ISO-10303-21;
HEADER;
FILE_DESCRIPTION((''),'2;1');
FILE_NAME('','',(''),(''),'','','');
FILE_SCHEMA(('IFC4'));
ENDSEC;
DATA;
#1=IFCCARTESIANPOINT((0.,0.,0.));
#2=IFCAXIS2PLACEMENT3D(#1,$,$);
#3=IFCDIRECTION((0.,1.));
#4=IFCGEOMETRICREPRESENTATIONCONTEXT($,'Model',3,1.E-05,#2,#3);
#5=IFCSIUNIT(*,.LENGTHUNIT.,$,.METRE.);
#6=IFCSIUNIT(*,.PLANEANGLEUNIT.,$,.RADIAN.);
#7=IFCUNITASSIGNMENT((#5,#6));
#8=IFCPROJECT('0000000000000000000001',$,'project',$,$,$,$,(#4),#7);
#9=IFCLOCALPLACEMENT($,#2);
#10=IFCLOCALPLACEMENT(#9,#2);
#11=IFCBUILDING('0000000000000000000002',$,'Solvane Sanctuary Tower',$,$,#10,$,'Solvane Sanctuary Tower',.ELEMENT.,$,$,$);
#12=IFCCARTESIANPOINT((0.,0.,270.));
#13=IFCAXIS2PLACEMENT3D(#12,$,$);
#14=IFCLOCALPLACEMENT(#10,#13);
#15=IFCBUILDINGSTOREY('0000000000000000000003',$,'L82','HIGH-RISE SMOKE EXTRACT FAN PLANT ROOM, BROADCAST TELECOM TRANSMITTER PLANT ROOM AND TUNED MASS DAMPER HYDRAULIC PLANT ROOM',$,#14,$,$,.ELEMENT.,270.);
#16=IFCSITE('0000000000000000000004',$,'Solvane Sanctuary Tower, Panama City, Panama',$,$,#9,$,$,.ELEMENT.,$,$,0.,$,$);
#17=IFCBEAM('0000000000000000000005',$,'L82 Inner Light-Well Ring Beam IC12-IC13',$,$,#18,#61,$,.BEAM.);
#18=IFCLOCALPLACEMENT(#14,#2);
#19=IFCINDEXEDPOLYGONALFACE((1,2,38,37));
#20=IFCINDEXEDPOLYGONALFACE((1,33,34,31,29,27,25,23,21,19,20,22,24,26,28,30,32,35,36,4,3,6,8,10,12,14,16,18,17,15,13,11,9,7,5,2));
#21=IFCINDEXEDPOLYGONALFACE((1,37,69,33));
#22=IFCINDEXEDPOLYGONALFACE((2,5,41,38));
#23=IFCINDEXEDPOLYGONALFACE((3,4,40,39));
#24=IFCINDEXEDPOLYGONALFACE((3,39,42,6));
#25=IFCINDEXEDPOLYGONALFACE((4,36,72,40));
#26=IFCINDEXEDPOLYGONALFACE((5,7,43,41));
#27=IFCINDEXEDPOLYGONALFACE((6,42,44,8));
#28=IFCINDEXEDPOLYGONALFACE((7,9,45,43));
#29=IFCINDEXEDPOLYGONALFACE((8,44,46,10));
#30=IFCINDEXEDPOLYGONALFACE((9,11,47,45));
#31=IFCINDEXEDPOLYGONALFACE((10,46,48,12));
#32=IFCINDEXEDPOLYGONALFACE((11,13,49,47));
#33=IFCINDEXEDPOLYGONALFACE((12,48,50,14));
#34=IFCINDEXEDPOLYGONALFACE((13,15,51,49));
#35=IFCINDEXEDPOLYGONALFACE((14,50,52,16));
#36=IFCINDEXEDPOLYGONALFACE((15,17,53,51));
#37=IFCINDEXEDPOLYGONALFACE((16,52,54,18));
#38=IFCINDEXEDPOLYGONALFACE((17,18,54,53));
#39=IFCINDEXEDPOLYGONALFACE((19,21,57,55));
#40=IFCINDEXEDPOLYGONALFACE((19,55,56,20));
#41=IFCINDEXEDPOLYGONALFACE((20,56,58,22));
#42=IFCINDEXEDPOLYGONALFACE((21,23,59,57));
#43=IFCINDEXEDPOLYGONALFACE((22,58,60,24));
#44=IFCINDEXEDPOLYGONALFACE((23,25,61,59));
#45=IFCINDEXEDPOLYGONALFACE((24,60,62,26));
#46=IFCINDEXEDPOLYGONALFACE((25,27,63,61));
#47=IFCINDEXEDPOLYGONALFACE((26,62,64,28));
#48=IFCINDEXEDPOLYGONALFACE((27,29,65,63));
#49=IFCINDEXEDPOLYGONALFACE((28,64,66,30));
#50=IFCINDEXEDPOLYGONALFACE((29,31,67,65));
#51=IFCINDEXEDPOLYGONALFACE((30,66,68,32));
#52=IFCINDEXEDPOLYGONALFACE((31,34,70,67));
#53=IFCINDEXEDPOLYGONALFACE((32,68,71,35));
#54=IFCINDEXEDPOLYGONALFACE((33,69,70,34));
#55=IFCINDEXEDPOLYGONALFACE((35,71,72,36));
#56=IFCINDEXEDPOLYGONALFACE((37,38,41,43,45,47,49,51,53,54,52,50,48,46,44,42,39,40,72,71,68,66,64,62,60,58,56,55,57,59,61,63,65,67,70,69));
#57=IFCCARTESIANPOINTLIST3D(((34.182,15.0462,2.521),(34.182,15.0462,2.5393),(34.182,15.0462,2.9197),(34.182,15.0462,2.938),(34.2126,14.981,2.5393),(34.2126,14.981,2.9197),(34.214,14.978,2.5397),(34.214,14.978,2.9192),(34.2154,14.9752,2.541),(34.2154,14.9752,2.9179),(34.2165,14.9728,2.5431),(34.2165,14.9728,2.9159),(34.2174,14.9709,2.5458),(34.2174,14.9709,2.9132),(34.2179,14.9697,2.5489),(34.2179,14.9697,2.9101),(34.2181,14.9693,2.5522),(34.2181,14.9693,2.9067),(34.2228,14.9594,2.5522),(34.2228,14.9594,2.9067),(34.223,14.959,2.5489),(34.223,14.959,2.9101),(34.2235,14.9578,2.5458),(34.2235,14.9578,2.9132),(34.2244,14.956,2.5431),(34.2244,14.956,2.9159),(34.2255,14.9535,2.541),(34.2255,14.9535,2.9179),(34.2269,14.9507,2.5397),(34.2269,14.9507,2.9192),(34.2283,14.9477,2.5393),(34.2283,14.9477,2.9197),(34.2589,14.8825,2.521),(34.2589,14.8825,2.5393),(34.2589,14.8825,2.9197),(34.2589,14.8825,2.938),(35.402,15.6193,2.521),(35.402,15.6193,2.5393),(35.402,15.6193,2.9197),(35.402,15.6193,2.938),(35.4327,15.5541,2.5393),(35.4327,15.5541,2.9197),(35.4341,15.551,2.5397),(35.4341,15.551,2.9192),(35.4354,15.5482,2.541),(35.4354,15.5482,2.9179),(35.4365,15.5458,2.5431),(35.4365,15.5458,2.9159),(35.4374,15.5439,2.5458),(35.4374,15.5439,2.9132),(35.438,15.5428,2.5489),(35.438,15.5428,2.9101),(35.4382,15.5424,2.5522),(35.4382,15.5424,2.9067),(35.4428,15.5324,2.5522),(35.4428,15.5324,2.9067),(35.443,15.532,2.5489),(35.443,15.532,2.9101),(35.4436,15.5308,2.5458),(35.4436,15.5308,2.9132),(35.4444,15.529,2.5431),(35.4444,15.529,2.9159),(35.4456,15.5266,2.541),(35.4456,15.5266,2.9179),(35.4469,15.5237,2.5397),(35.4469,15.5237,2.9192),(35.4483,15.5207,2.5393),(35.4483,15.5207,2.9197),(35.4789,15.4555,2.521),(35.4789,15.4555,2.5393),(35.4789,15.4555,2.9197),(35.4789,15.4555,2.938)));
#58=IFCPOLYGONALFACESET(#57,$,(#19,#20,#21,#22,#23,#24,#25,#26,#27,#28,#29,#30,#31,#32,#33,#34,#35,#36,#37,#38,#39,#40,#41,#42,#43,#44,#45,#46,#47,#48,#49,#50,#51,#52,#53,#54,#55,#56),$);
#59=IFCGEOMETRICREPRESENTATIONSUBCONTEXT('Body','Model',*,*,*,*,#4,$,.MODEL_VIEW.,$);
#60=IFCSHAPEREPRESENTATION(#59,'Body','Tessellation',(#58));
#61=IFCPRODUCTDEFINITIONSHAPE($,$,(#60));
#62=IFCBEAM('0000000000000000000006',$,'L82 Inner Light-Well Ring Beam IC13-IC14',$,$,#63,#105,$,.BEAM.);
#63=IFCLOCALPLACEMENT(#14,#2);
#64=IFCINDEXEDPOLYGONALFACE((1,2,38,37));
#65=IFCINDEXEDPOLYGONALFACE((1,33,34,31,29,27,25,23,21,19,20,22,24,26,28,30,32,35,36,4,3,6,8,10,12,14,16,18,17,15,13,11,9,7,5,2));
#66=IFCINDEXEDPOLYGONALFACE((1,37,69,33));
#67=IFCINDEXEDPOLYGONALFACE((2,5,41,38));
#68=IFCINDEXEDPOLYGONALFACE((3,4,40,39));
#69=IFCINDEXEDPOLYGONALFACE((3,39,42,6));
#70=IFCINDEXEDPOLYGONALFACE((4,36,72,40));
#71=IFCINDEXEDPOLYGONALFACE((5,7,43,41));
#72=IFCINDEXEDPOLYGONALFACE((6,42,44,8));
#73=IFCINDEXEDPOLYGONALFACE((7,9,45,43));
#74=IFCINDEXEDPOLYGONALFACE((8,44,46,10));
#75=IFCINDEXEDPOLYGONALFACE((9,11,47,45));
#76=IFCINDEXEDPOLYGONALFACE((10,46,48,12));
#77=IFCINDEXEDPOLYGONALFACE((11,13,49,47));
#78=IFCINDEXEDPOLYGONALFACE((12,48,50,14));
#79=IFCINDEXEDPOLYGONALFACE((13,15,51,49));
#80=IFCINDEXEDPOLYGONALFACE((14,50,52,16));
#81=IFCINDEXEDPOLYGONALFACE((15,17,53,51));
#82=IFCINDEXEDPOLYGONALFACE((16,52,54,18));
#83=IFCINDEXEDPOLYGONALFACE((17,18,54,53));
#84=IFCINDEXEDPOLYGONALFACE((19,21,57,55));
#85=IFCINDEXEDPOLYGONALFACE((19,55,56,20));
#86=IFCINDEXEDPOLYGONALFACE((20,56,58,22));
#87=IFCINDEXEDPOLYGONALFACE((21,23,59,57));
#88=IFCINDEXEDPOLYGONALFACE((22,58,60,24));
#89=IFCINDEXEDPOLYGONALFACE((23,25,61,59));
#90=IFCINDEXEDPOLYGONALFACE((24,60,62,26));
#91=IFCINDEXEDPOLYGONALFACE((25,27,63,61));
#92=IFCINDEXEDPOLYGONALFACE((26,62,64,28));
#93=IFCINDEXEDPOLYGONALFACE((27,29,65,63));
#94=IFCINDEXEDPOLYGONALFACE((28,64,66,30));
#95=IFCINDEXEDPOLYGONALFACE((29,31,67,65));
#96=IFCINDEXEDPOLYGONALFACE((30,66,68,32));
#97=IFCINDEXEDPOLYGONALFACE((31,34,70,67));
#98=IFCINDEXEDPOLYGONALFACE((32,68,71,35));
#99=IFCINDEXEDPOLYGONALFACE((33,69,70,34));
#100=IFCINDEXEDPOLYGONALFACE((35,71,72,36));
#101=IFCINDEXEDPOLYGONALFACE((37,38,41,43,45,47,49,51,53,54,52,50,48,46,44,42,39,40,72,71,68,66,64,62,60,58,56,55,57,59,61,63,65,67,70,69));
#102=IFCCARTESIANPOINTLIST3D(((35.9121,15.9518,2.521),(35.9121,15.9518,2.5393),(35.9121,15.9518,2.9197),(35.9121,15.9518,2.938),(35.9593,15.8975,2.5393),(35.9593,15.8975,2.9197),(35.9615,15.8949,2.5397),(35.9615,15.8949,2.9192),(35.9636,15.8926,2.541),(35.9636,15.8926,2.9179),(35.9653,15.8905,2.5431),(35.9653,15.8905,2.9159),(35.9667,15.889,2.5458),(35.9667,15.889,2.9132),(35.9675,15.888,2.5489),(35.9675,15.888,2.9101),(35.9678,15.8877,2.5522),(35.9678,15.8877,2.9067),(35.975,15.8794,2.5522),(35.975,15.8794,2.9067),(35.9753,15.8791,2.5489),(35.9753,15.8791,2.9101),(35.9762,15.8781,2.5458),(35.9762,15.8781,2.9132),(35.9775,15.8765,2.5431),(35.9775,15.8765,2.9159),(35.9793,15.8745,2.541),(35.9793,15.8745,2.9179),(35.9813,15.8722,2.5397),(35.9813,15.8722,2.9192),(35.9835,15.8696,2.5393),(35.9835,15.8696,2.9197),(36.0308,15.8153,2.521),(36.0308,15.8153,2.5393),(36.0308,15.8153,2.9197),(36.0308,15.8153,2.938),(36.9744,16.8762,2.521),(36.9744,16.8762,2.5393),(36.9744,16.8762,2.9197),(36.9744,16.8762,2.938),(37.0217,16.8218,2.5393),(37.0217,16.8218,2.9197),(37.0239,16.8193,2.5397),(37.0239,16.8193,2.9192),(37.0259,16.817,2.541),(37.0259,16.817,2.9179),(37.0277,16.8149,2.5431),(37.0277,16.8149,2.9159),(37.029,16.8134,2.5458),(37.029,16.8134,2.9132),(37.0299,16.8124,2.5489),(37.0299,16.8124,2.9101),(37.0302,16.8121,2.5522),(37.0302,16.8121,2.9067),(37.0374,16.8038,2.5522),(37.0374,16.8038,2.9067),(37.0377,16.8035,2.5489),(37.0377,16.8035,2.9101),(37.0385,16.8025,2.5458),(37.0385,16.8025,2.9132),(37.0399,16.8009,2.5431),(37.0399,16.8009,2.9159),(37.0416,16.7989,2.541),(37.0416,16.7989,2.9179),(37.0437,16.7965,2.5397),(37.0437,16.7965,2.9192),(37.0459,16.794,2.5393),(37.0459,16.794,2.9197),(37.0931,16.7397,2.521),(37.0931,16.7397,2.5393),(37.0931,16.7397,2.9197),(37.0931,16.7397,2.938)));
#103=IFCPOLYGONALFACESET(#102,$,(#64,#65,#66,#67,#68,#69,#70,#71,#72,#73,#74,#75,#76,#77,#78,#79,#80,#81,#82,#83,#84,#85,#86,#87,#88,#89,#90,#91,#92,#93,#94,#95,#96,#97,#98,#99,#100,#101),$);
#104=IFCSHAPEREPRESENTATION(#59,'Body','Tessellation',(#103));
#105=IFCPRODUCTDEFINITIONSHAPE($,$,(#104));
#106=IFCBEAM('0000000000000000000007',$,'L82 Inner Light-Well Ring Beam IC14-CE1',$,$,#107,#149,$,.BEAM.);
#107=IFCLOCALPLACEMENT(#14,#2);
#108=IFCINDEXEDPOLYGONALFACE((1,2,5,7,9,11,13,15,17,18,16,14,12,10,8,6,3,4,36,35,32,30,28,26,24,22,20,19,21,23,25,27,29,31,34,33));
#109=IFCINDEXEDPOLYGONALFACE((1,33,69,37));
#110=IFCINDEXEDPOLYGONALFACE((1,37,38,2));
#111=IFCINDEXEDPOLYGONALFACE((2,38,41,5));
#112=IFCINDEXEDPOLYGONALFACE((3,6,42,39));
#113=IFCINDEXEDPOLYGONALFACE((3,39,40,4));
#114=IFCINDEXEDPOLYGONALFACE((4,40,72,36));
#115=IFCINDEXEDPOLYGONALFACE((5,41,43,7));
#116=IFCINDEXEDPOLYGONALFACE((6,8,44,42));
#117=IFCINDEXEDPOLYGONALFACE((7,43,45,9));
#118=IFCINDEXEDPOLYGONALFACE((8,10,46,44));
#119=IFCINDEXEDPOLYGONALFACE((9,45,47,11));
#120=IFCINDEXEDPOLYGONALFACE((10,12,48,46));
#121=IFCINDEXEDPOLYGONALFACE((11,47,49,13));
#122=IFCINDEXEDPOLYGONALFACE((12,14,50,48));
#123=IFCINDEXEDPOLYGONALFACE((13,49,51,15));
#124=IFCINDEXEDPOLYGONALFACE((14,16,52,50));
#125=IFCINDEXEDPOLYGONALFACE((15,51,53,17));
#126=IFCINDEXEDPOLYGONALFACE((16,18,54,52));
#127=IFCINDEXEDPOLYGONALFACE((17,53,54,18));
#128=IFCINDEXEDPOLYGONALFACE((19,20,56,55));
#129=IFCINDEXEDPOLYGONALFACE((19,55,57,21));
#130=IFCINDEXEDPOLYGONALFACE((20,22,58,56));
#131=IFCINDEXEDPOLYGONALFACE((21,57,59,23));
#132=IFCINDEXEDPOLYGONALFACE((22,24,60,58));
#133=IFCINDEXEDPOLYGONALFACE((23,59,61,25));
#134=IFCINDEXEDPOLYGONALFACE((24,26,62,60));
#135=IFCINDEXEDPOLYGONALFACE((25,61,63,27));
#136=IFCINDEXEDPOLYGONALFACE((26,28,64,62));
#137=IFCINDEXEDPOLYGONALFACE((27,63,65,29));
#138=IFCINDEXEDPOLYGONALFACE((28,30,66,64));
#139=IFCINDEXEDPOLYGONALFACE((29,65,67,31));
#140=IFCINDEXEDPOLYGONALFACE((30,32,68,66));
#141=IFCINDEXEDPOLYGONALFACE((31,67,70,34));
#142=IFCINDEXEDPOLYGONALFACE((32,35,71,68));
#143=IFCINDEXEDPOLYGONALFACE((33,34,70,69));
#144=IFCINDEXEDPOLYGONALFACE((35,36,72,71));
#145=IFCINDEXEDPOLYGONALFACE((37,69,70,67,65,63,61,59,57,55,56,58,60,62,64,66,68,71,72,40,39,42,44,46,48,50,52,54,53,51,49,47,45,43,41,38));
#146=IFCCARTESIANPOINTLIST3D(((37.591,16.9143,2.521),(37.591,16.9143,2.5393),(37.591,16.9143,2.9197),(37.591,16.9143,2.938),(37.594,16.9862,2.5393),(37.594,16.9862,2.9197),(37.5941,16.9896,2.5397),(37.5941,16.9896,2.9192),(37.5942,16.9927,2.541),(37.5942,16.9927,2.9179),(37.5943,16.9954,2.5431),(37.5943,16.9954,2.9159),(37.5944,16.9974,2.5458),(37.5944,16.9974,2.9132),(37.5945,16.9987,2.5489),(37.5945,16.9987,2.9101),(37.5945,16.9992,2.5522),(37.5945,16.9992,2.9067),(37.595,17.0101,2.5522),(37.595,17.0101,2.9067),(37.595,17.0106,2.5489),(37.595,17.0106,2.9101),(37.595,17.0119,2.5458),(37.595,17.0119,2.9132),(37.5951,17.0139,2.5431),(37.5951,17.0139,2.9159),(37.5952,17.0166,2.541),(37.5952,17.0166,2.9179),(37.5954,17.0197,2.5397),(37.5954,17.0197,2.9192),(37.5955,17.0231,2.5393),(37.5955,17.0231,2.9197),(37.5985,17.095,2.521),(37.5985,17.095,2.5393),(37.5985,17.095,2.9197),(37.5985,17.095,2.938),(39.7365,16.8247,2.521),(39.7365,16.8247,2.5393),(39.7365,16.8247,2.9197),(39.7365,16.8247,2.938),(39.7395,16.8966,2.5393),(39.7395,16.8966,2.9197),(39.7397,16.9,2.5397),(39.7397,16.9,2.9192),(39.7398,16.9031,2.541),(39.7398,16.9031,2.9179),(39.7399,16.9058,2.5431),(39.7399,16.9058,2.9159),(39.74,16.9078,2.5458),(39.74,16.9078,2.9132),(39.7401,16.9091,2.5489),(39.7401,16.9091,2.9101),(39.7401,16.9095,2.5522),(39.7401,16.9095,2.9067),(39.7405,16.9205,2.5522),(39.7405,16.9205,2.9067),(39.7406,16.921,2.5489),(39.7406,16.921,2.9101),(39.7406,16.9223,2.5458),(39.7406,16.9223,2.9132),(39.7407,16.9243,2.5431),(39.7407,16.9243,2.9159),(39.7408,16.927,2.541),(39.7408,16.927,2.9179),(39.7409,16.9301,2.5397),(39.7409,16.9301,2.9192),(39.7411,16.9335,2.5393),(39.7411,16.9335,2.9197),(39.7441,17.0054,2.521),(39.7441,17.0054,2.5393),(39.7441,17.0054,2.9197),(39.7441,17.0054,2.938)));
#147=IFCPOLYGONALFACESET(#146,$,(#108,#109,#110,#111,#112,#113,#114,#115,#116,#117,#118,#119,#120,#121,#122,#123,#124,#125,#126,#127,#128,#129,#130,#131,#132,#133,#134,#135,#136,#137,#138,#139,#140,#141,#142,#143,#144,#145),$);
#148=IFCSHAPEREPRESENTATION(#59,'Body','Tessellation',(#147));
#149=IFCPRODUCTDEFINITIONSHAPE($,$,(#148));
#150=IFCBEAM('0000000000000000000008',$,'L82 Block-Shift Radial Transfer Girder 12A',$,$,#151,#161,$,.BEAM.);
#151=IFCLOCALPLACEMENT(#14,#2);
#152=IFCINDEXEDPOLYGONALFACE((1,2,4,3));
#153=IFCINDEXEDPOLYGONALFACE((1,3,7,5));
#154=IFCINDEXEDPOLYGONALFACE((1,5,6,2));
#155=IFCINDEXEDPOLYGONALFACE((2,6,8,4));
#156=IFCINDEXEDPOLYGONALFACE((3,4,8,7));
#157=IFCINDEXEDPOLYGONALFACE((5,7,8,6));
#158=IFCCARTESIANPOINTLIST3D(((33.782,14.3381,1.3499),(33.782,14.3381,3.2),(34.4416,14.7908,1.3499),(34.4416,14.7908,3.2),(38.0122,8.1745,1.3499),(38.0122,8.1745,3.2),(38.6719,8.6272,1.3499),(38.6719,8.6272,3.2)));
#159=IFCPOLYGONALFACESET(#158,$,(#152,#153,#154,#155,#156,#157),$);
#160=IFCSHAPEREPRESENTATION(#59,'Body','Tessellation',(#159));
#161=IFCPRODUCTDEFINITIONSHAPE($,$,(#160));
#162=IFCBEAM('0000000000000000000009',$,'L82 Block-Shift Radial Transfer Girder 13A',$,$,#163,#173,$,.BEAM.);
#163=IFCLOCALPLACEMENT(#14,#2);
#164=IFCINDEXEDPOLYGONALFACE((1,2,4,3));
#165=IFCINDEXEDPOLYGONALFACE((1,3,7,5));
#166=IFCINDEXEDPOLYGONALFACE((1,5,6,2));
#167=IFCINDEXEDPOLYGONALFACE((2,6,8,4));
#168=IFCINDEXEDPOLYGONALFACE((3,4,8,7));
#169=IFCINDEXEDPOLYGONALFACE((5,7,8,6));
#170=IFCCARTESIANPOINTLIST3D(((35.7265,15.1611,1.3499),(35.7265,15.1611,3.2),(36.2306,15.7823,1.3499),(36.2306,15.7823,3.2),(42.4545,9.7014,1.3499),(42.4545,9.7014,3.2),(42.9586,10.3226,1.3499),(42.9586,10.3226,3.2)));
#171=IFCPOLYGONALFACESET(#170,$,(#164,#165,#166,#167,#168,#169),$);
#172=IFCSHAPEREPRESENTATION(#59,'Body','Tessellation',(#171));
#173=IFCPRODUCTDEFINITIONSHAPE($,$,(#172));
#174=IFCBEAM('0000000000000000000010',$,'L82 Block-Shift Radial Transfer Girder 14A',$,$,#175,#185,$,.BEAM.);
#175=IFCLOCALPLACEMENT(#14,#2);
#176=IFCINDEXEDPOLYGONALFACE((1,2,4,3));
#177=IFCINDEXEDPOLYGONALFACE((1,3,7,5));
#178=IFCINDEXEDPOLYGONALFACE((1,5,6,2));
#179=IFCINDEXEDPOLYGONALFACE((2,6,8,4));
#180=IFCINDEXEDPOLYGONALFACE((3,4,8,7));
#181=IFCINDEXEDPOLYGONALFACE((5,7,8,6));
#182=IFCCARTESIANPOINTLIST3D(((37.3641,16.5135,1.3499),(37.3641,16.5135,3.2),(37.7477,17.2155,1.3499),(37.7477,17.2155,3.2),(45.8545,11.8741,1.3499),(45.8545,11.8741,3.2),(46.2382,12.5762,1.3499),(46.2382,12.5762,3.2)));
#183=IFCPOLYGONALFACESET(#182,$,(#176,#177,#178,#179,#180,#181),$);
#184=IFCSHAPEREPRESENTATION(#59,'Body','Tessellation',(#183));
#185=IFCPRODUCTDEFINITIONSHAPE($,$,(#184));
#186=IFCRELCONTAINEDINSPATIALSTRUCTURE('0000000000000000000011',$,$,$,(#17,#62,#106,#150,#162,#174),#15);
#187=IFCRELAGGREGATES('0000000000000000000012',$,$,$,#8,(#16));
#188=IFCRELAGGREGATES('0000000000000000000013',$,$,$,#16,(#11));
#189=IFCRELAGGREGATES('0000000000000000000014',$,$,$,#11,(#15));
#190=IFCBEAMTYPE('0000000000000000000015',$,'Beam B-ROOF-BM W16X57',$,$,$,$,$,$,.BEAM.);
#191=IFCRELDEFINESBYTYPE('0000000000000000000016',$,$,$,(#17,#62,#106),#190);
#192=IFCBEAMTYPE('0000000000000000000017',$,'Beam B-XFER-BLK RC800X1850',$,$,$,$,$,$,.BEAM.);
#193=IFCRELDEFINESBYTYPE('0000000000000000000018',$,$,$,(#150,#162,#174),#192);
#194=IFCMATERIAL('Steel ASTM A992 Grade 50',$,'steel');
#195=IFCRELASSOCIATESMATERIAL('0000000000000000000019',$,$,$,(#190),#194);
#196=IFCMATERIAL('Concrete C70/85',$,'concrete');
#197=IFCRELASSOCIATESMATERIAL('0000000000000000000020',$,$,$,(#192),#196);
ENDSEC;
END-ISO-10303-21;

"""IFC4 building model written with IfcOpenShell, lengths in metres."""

from ifc_helpers import new_model, si_unit, direction, frame, origin, origin_2d, place, context, subcontext, project, spatial, rectangle, i_section, extrude, material, material_profile, profile_set, type_object, element, save


model = new_model("IFC4")

# Units and contexts
model_context = context("Model", 3, precision=1e-05, world=origin(), true_north=direction((0.0, 1.0)))
body_context = subcontext(model_context, "Body", "Model", "MODEL_VIEW")
ifc_project = project(units=[si_unit("LENGTHUNIT", "METRE"), si_unit("PLANEANGLEUNIT", "RADIAN")], contexts=[model_context])

# Site, building, storey
site_placement = place(None, origin())
site = spatial("IfcSite", under=ifc_project, at=site_placement, Name="Solvane Sanctuary Tower, Panama City, Panama", CompositionType="ELEMENT", RefElevation=0.0)
building_placement = place(site_placement, origin())
building = spatial("IfcBuilding", under=site, at=building_placement, Name="Solvane Sanctuary Tower", LongName="Solvane Sanctuary Tower", CompositionType="ELEMENT")
storey_placement = place(building_placement, frame((0.0, 0.0, 270.0)))
storey = spatial("IfcBuildingStorey", under=building, at=storey_placement, Name="L82", Description="HIGH-RISE SMOKE EXTRACT FAN PLANT ROOM, BROADCAST TELECOM TRANSMITTER PLANT ROOM AND TUNED MASS DAMPER HYDRAULIC PLANT ROOM", CompositionType="ELEMENT", Elevation=270.0)

# Beams
ifc_material_1 = material(Name="Steel ASTM A992 Grade 50", Category="steel")
ifc_material_profile_1 = material_profile(ifc_material_1, i_section(OverallWidth=0.1809, OverallDepth=0.417, WebThickness=0.011, FlangeThickness=0.0183, FilletRadius=0.0129, at=origin_2d()), Name="W16X57")
ifc_profile_set_1 = profile_set([ifc_material_profile_1], Name="Steel ASTM A992 Grade 50")
beam_type_1 = type_object("IfcBeamType", Name="Beam B-ROOF-BM W16X57", PredefinedType="BEAM", material=ifc_profile_set_1)
beam_1_placement = place(storey_placement, frame((34.2205, 14.9644, 2.7295), z_axis=(0.905135, 0.425125, 0.0), x_axis=(-0.425125, 0.905135, 0.0)))
element("IfcBeam", 1, at=beam_1_placement, inside=storey, type_object=beam_type_1, Name="L82 Inner Light-Well Ring Beam IC12-IC13", PredefinedType="BEAM", context=body_context, shape_type="SweptSolid", body=[
    extrude(i_section(OverallWidth=0.1809, OverallDepth=0.417, WebThickness=0.011, FlangeThickness=0.0183, FilletRadius=0.0129, at=origin_2d()), origin(), (0.0, 0.0, 1.0), 1.3479),
])
beam_2_placement = place(storey_placement, frame((35.9714, 15.8835, 2.7295), z_axis=(0.754389, 0.656428, 0.0), x_axis=(-0.656428, 0.754389, 0.0)))
element("IfcBeam", 2, at=beam_2_placement, inside=storey, type_object=beam_type_1, Name="L82 Inner Light-Well Ring Beam IC13-IC14", PredefinedType="BEAM", context=body_context, shape_type="SweptSolid", body=[
    extrude(i_section(OverallWidth=0.1809, OverallDepth=0.417, WebThickness=0.011, FlangeThickness=0.0183, FilletRadius=0.0129, at=origin_2d()), origin(), (0.0, 0.0, 1.0), 1.4082),
])
beam_3_placement = place(storey_placement, frame((37.5947, 17.0046, 2.7295), z_axis=(0.999129, -0.041725, 0.0), x_axis=(0.041725, 0.999129, 0.0)))
element("IfcBeam", 3, at=beam_3_placement, inside=storey, type_object=beam_type_1, Name="L82 Inner Light-Well Ring Beam IC14-CE1", PredefinedType="BEAM", context=body_context, shape_type="SweptSolid", body=[
    extrude(i_section(OverallWidth=0.1809, OverallDepth=0.417, WebThickness=0.011, FlangeThickness=0.0183, FilletRadius=0.0129, at=origin_2d()), origin(), (0.0, 0.0, 1.0), 2.1475),
])
ifc_material_2 = material(Name="Concrete C70/85", Category="concrete")
ifc_material_profile_2 = material_profile(ifc_material_2, rectangle(XDim=0.8, YDim=1.8501, at=origin_2d()), Name="RC800X1850")
ifc_profile_set_2 = profile_set([ifc_material_profile_2], Name="Concrete C70/85")
beam_type_2 = type_object("IfcBeamType", Name="Beam B-XFER-BLK RC800X1850", PredefinedType="BEAM", material=ifc_profile_set_2)
beam_4_placement = place(storey_placement, frame((34.1118, 14.5645, 2.2749), z_axis=(0.565872, -0.824493, 0.0), x_axis=(0.824493, 0.565872, 0.0)))
element("IfcBeam", 4, at=beam_4_placement, inside=storey, type_object=beam_type_2, Name="L82 Block-Shift Radial Transfer Girder 12A", PredefinedType="BEAM", context=body_context, shape_type="SweptSolid", body=[
    extrude(rectangle(XDim=0.8, YDim=1.8501, at=origin_2d()), origin(), (0.0, 0.0, 1.0), 7.4756),
])
beam_5_placement = place(storey_placement, frame((35.9785, 15.4717, 2.2749), z_axis=(0.776498, -0.630119, 0.0), x_axis=(0.630119, 0.776498, 0.0)))
element("IfcBeam", 5, at=beam_5_placement, inside=storey, type_object=beam_type_2, Name="L82 Block-Shift Radial Transfer Girder 13A", PredefinedType="BEAM", context=body_context, shape_type="SweptSolid", body=[
    extrude(rectangle(XDim=0.8, YDim=1.8501, at=origin_2d()), origin(), (0.0, 0.0, 1.0), 8.6646),
])
beam_6_placement = place(storey_placement, frame((37.5559, 16.8645, 2.2749), z_axis=(0.877538, -0.479508, 0.0), x_axis=(0.479508, 0.877538, 0.0)))
element("IfcBeam", 6, at=beam_6_placement, inside=storey, type_object=beam_type_2, Name="L82 Block-Shift Radial Transfer Girder 14A", PredefinedType="BEAM", context=body_context, shape_type="SweptSolid", body=[
    extrude(rectangle(XDim=0.8, YDim=1.8501, at=origin_2d()), origin(), (0.0, 0.0, 1.0), 9.6753),
])

save(model, "model.ifc")
